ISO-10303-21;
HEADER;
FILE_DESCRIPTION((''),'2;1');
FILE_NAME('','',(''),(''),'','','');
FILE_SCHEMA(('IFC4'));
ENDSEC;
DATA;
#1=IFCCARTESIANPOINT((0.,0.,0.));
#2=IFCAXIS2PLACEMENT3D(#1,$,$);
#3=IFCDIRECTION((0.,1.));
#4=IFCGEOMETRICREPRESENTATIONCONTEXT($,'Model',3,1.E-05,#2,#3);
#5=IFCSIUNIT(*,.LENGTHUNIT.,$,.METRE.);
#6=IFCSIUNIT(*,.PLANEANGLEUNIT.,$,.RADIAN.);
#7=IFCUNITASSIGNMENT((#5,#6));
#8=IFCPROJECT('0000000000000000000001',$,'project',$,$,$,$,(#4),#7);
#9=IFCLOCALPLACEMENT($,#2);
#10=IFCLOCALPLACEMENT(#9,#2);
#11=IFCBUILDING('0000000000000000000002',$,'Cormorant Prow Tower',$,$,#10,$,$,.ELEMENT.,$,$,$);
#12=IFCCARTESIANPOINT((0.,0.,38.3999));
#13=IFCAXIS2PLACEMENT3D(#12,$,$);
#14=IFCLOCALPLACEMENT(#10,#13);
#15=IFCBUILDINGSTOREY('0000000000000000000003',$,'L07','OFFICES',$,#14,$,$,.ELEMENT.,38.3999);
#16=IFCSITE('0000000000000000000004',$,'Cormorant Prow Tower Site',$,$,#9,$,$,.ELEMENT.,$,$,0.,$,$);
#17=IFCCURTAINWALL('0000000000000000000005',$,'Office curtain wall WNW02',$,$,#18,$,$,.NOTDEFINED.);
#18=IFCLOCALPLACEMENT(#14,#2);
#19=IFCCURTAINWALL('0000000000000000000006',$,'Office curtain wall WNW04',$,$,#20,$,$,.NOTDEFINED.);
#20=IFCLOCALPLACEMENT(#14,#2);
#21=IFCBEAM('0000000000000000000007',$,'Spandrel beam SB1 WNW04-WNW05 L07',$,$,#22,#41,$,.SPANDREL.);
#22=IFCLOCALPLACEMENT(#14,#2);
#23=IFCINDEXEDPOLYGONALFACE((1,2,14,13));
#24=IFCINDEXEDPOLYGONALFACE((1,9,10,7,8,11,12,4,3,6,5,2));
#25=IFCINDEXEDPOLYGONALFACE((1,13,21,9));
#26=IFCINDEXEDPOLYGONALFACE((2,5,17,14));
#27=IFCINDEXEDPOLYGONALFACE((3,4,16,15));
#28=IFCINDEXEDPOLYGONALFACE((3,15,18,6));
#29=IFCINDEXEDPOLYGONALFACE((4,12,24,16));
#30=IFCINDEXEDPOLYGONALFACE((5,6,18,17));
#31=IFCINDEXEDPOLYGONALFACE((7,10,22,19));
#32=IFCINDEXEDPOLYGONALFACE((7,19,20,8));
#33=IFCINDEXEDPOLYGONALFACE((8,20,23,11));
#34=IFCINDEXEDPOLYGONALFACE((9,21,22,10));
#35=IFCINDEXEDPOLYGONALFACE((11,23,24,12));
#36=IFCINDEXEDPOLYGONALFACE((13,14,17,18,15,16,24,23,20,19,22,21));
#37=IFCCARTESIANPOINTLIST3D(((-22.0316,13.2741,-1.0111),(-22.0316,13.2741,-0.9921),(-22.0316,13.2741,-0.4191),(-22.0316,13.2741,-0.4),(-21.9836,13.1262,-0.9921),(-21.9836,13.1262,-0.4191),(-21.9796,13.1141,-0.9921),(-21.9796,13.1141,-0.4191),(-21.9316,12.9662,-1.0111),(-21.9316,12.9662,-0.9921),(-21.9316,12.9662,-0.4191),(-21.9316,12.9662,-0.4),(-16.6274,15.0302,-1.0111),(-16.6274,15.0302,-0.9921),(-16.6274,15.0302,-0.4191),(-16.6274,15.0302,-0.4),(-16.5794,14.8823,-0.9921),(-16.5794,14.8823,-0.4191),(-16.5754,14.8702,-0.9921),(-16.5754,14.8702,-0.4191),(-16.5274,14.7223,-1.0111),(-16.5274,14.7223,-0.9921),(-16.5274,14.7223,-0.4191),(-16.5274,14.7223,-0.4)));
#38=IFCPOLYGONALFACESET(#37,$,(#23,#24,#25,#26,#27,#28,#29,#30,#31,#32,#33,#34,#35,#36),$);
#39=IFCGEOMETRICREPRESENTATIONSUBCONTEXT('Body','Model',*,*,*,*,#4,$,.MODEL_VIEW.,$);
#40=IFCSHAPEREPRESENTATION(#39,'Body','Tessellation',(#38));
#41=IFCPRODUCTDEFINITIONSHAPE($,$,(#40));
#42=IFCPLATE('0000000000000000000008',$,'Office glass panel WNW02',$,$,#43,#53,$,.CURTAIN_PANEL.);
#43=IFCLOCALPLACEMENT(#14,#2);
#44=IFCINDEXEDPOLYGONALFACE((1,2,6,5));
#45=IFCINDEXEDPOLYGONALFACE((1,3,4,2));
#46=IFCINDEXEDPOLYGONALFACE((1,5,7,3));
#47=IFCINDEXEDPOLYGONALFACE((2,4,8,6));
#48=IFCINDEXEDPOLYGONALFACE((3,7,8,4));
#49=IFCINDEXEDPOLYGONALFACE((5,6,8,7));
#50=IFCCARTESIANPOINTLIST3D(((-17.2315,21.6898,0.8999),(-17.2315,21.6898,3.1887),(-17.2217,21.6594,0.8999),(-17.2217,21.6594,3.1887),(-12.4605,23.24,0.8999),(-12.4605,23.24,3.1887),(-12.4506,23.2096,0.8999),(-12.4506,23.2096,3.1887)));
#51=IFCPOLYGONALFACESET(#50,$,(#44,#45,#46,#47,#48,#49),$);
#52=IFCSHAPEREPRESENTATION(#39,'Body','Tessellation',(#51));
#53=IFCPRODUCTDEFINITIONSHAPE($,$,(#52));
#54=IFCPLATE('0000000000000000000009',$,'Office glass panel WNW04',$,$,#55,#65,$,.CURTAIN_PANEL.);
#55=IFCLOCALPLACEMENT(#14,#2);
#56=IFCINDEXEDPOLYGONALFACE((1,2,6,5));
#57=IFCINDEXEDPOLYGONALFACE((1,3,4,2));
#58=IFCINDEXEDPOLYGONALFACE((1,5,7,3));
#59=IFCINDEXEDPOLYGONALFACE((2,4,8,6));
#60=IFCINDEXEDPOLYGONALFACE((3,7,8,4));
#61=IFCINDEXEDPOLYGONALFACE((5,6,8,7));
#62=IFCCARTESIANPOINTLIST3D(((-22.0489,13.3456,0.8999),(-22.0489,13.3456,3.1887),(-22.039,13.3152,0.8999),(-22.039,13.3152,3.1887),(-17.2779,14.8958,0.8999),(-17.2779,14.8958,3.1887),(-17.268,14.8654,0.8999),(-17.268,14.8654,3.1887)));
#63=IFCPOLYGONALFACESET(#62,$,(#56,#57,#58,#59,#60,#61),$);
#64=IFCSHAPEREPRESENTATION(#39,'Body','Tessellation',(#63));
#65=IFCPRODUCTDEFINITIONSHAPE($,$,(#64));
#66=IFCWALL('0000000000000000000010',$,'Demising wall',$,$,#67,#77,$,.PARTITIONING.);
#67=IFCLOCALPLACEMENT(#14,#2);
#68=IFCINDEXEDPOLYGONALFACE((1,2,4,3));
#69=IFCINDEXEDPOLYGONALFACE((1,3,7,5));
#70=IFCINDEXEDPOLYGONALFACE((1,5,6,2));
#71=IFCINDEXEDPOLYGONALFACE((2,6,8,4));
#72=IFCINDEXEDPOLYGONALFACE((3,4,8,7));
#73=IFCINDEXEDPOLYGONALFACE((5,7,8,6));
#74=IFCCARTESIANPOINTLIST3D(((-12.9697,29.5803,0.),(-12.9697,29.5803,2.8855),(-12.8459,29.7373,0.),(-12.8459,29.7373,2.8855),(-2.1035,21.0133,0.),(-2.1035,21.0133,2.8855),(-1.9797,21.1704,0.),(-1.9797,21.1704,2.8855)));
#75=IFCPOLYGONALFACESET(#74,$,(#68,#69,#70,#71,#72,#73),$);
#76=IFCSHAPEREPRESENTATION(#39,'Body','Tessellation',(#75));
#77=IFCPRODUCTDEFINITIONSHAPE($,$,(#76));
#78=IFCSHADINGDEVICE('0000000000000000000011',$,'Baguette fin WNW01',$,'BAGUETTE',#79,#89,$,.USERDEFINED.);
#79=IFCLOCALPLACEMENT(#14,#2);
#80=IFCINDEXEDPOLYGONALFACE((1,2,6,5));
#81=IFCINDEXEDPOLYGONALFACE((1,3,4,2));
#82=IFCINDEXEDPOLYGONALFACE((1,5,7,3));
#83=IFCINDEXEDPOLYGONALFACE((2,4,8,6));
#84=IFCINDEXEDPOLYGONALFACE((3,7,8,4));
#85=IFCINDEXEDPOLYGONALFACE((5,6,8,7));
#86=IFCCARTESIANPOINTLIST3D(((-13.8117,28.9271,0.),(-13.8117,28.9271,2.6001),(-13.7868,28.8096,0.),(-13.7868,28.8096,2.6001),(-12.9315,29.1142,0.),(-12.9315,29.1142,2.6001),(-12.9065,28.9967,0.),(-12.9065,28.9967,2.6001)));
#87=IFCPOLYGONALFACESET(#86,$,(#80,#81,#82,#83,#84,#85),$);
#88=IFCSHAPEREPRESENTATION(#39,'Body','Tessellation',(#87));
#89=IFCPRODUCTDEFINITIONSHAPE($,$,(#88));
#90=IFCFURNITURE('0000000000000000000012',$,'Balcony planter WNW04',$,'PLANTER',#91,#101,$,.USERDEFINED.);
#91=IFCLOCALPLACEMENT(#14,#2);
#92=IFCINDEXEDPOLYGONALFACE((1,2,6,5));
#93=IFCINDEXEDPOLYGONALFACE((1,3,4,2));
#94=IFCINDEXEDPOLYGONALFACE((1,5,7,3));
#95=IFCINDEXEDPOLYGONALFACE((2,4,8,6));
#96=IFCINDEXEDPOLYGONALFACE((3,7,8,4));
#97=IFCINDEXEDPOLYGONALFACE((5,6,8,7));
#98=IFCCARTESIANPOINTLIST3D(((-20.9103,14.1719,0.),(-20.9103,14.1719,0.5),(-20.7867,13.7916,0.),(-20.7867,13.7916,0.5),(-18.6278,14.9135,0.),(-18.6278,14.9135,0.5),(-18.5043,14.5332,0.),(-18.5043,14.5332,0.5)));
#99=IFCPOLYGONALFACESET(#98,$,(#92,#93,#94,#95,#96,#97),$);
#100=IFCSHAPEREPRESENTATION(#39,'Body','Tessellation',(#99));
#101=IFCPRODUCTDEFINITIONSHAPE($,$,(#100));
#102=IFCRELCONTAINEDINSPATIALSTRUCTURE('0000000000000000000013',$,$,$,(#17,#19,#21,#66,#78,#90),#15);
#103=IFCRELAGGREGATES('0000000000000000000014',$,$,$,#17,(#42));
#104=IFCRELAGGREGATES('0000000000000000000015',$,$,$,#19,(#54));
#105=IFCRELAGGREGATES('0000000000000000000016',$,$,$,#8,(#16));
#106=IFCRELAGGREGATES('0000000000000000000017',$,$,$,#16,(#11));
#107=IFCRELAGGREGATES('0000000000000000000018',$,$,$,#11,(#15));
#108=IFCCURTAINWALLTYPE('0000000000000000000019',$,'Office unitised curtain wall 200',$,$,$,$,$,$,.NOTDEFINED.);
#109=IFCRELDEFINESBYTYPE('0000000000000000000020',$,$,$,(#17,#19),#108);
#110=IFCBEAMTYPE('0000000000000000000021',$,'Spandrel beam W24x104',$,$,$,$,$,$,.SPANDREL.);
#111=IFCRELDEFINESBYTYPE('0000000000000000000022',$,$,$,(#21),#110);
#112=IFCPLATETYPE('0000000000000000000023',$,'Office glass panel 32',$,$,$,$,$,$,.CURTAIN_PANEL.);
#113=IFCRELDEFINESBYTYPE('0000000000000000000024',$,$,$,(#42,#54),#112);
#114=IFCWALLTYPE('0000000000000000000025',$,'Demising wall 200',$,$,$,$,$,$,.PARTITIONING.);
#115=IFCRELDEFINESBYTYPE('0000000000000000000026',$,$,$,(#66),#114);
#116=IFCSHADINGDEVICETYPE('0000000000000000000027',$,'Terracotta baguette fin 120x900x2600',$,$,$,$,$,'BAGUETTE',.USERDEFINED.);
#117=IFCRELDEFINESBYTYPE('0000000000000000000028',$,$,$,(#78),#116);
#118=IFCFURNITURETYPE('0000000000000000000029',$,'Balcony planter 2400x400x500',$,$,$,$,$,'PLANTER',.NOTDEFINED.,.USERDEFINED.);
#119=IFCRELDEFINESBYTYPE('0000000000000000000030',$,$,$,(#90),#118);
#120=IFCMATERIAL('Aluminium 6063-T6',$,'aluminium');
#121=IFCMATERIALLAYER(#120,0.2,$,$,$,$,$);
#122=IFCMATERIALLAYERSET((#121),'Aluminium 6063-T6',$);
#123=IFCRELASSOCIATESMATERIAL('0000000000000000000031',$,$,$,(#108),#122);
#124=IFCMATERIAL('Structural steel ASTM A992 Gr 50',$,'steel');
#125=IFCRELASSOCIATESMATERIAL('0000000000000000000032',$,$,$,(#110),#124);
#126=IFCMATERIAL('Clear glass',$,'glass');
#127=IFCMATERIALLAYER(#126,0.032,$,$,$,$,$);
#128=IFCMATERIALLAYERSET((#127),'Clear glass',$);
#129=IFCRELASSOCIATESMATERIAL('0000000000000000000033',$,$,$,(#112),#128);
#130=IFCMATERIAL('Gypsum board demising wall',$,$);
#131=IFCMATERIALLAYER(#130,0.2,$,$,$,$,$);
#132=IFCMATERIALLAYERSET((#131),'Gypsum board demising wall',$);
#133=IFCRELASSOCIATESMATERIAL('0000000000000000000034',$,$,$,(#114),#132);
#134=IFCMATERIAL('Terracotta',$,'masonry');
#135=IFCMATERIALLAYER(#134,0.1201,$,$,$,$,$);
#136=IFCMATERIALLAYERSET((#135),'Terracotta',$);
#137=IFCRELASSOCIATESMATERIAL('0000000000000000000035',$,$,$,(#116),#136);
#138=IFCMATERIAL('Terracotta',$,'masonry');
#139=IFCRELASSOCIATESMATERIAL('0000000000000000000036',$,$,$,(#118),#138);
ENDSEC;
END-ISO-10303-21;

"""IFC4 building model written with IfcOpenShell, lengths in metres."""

from ifc_helpers import new_model, si_unit, direction, frame, frame_2d, origin, origin_2d, place, context, subcontext, project, spatial, rectangle, i_section, extrude, material, layer, layer_set, material_profile, profile_set, type_object, element, aggregate, save


model = new_model("IFC4")

# Units and contexts
model_context = context("Model", 3, precision=1e-05, world=origin(), true_north=direction((0.0, 1.0)))
body_context = subcontext(model_context, "Body", "Model", "MODEL_VIEW")
ifc_project = project(units=[si_unit("LENGTHUNIT", "METRE"), si_unit("PLANEANGLEUNIT", "RADIAN")], contexts=[model_context])

# Site, building, storey
site_placement = place(None, origin())
site = spatial("IfcSite", under=ifc_project, at=site_placement, Name="Cormorant Prow Tower Site", CompositionType="ELEMENT", RefElevation=0.0)
building_placement = place(site_placement, origin())
building = spatial("IfcBuilding", under=site, at=building_placement, Name="Cormorant Prow Tower", CompositionType="ELEMENT")
storey_placement = place(building_placement, frame((0.0, 0.0, 38.3999)))
storey = spatial("IfcBuildingStorey", under=building, at=storey_placement, Name="L07", Description="OFFICES", CompositionType="ELEMENT", Elevation=38.3999)

# Curtain walls
ifc_material_1 = material(Name="Aluminium 6063-T6", Category="aluminium")
ifc_layer_1 = layer(ifc_material_1, 0.2)
ifc_layer_set_1 = layer_set([ifc_layer_1], Name="Aluminium 6063-T6")
curtain_wall_type = type_object("IfcCurtainWallType", Name="Office unitised curtain wall 200", PredefinedType="NOTDEFINED", material=ifc_layer_set_1)
curtain_wall_1_placement = place(storey_placement, origin())
curtain_wall_1 = element("IfcCurtainWall", 1, at=curtain_wall_1_placement, inside=storey, type_object=curtain_wall_type, Name="Office curtain wall WNW02", PredefinedType="NOTDEFINED")
curtain_wall_2_placement = place(storey_placement, origin())
curtain_wall_2 = element("IfcCurtainWall", 2, at=curtain_wall_2_placement, inside=storey, type_object=curtain_wall_type, Name="Office curtain wall WNW04", PredefinedType="NOTDEFINED")

# Beam
ifc_material_2 = material(Name="Structural steel ASTM A992 Gr 50", Category="steel")
ifc_material_profile_1 = material_profile(ifc_material_2, i_section(OverallWidth=0.3237, OverallDepth=0.6111, WebThickness=0.0127, FlangeThickness=0.019, at=origin_2d()), Name="W24x104")
ifc_profile_set_1 = profile_set([ifc_material_profile_1], Name="Structural steel ASTM A992 Gr 50")
beam_type = type_object("IfcBeamType", Name="Spandrel beam W24x104", PredefinedType="SPANDREL", material=ifc_profile_set_1)
beam_1_placement = place(storey_placement, frame((-16.5774, 14.8762, -0.7056), z_axis=(-0.951049, -0.309039, 0.0), x_axis=(0.309039, -0.951049, 0.0)))
element("IfcBeam", 3, at=beam_1_placement, inside=storey, type_object=beam_type, Name="Spandrel beam SB1 WNW04-WNW05 L07", PredefinedType="SPANDREL", context=body_context, shape_type="SweptSolid", body=[
    extrude(i_section(OverallWidth=0.3237, OverallDepth=0.6111, WebThickness=0.0127, FlangeThickness=0.019, at=origin_2d()), origin(), (0.0, 0.0, 1.0), 5.6824),
])

# Plates
ifc_material_3 = material(Name="Clear glass", Category="glass")
ifc_layer_2 = layer(ifc_material_3, 0.032)
ifc_layer_set_2 = layer_set([ifc_layer_2], Name="Clear glass")
plate_type = type_object("IfcPlateType", Name="Office glass panel 32", PredefinedType="CURTAIN_PANEL", material=ifc_layer_set_2)
plate_1_placement = place(storey_placement, frame((-14.8411, 22.4497, 0.8999), z_axis=(0.0, 0.0, 1.0), x_axis=(-0.951057, -0.309017, 0.0)))
plate_1 = element("IfcPlate", 4, at=plate_1_placement, type_object=plate_type, Name="Office glass panel WNW02", PredefinedType="CURTAIN_PANEL", context=body_context, shape_type="SweptSolid", body=[
    extrude(rectangle(XDim=5.0166, YDim=0.032, at=origin_2d()), origin(), (0.0, 0.0, 1.0), 2.2888),
])
aggregate(curtain_wall_1, [plate_1])
plate_2_placement = place(storey_placement, frame((-19.6584, 14.1055, 0.8999), z_axis=(0.0, 0.0, 1.0), x_axis=(-0.951057, -0.309017, 0.0)))
plate_2 = element("IfcPlate", 5, at=plate_2_placement, type_object=plate_type, Name="Office glass panel WNW04", PredefinedType="CURTAIN_PANEL", context=body_context, shape_type="SweptSolid", body=[
    extrude(rectangle(XDim=5.0166, YDim=0.032, at=origin_2d()), origin(), (0.0, 0.0, 1.0), 2.2888),
])
aggregate(curtain_wall_2, [plate_2])

# Wall
ifc_material_4 = material(Name="Gypsum board demising wall")
ifc_layer_3 = layer(ifc_material_4, 0.2)
ifc_layer_set_3 = layer_set([ifc_layer_3], Name="Gypsum board demising wall")
wall_type_1 = type_object("IfcWallType", Name="Demising wall 200", PredefinedType="PARTITIONING", material=ifc_layer_set_3)
wall_1_placement = place(storey_placement, frame((-12.9077, 29.6587, 0.0), z_axis=(0.0, 0.0, 1.0), x_axis=(0.785294, -0.619124, 0.0)))
element("IfcWall", 6, at=wall_1_placement, inside=storey, type_object=wall_type_1, Name="Demising wall", PredefinedType="PARTITIONING", context=body_context, shape_type="SweptSolid", body=[
    extrude(rectangle(XDim=13.8372, YDim=0.2, at=frame_2d((6.9185, 0.0))), origin(), (0.0, 0.0, 1.0), 2.8855),
])

# Shading device
ifc_material_5 = material(Name="Terracotta", Category="masonry")
ifc_layer_4 = layer(ifc_material_5, 0.1201)
ifc_layer_set_4 = layer_set([ifc_layer_4], Name="Terracotta")
shading_device_type = type_object("IfcShadingDeviceType", Name="Terracotta baguette fin 120x900x2600", ElementType="BAGUETTE", PredefinedType="USERDEFINED", material=ifc_layer_set_4)
shading_device_placement = place(storey_placement, frame((-13.3591, 28.9619, 0.0), z_axis=(0.0, 0.0, 1.0), x_axis=(0.207912, -0.978148, 0.0)))
element("IfcShadingDevice", 7, at=shading_device_placement, inside=storey, type_object=shading_device_type, Name="Baguette fin WNW01", ObjectType="BAGUETTE", PredefinedType="USERDEFINED", context=body_context, shape_type="SweptSolid", body=[
    extrude(rectangle(XDim=0.1201, YDim=0.8999, at=origin_2d()), origin(), (0.0, 0.0, 1.0), 2.6001),
])

# Furniture
ifc_material_6 = material(Name="Terracotta", Category="masonry")
furniture_type = type_object("IfcFurnitureType", Name="Balcony planter 2400x400x500", ElementType="PLANTER", AssemblyPlace="NOTDEFINED", PredefinedType="USERDEFINED", material=ifc_material_6)
furniture_placement = place(storey_placement, frame((-19.7073, 14.3525, 0.0), z_axis=(0.0, 0.0, 1.0), x_axis=(-0.951057, -0.309017, 0.0)))
element("IfcFurniture", 8, at=furniture_placement, inside=storey, type_object=furniture_type, Name="Balcony planter WNW04", ObjectType="PLANTER", PredefinedType="USERDEFINED", context=body_context, shape_type="SweptSolid", body=[
    extrude(rectangle(XDim=2.3999, YDim=0.3999, at=origin_2d()), origin(), (0.0, 0.0, 1.0), 0.5),
])

save(model, "model.ifc")
